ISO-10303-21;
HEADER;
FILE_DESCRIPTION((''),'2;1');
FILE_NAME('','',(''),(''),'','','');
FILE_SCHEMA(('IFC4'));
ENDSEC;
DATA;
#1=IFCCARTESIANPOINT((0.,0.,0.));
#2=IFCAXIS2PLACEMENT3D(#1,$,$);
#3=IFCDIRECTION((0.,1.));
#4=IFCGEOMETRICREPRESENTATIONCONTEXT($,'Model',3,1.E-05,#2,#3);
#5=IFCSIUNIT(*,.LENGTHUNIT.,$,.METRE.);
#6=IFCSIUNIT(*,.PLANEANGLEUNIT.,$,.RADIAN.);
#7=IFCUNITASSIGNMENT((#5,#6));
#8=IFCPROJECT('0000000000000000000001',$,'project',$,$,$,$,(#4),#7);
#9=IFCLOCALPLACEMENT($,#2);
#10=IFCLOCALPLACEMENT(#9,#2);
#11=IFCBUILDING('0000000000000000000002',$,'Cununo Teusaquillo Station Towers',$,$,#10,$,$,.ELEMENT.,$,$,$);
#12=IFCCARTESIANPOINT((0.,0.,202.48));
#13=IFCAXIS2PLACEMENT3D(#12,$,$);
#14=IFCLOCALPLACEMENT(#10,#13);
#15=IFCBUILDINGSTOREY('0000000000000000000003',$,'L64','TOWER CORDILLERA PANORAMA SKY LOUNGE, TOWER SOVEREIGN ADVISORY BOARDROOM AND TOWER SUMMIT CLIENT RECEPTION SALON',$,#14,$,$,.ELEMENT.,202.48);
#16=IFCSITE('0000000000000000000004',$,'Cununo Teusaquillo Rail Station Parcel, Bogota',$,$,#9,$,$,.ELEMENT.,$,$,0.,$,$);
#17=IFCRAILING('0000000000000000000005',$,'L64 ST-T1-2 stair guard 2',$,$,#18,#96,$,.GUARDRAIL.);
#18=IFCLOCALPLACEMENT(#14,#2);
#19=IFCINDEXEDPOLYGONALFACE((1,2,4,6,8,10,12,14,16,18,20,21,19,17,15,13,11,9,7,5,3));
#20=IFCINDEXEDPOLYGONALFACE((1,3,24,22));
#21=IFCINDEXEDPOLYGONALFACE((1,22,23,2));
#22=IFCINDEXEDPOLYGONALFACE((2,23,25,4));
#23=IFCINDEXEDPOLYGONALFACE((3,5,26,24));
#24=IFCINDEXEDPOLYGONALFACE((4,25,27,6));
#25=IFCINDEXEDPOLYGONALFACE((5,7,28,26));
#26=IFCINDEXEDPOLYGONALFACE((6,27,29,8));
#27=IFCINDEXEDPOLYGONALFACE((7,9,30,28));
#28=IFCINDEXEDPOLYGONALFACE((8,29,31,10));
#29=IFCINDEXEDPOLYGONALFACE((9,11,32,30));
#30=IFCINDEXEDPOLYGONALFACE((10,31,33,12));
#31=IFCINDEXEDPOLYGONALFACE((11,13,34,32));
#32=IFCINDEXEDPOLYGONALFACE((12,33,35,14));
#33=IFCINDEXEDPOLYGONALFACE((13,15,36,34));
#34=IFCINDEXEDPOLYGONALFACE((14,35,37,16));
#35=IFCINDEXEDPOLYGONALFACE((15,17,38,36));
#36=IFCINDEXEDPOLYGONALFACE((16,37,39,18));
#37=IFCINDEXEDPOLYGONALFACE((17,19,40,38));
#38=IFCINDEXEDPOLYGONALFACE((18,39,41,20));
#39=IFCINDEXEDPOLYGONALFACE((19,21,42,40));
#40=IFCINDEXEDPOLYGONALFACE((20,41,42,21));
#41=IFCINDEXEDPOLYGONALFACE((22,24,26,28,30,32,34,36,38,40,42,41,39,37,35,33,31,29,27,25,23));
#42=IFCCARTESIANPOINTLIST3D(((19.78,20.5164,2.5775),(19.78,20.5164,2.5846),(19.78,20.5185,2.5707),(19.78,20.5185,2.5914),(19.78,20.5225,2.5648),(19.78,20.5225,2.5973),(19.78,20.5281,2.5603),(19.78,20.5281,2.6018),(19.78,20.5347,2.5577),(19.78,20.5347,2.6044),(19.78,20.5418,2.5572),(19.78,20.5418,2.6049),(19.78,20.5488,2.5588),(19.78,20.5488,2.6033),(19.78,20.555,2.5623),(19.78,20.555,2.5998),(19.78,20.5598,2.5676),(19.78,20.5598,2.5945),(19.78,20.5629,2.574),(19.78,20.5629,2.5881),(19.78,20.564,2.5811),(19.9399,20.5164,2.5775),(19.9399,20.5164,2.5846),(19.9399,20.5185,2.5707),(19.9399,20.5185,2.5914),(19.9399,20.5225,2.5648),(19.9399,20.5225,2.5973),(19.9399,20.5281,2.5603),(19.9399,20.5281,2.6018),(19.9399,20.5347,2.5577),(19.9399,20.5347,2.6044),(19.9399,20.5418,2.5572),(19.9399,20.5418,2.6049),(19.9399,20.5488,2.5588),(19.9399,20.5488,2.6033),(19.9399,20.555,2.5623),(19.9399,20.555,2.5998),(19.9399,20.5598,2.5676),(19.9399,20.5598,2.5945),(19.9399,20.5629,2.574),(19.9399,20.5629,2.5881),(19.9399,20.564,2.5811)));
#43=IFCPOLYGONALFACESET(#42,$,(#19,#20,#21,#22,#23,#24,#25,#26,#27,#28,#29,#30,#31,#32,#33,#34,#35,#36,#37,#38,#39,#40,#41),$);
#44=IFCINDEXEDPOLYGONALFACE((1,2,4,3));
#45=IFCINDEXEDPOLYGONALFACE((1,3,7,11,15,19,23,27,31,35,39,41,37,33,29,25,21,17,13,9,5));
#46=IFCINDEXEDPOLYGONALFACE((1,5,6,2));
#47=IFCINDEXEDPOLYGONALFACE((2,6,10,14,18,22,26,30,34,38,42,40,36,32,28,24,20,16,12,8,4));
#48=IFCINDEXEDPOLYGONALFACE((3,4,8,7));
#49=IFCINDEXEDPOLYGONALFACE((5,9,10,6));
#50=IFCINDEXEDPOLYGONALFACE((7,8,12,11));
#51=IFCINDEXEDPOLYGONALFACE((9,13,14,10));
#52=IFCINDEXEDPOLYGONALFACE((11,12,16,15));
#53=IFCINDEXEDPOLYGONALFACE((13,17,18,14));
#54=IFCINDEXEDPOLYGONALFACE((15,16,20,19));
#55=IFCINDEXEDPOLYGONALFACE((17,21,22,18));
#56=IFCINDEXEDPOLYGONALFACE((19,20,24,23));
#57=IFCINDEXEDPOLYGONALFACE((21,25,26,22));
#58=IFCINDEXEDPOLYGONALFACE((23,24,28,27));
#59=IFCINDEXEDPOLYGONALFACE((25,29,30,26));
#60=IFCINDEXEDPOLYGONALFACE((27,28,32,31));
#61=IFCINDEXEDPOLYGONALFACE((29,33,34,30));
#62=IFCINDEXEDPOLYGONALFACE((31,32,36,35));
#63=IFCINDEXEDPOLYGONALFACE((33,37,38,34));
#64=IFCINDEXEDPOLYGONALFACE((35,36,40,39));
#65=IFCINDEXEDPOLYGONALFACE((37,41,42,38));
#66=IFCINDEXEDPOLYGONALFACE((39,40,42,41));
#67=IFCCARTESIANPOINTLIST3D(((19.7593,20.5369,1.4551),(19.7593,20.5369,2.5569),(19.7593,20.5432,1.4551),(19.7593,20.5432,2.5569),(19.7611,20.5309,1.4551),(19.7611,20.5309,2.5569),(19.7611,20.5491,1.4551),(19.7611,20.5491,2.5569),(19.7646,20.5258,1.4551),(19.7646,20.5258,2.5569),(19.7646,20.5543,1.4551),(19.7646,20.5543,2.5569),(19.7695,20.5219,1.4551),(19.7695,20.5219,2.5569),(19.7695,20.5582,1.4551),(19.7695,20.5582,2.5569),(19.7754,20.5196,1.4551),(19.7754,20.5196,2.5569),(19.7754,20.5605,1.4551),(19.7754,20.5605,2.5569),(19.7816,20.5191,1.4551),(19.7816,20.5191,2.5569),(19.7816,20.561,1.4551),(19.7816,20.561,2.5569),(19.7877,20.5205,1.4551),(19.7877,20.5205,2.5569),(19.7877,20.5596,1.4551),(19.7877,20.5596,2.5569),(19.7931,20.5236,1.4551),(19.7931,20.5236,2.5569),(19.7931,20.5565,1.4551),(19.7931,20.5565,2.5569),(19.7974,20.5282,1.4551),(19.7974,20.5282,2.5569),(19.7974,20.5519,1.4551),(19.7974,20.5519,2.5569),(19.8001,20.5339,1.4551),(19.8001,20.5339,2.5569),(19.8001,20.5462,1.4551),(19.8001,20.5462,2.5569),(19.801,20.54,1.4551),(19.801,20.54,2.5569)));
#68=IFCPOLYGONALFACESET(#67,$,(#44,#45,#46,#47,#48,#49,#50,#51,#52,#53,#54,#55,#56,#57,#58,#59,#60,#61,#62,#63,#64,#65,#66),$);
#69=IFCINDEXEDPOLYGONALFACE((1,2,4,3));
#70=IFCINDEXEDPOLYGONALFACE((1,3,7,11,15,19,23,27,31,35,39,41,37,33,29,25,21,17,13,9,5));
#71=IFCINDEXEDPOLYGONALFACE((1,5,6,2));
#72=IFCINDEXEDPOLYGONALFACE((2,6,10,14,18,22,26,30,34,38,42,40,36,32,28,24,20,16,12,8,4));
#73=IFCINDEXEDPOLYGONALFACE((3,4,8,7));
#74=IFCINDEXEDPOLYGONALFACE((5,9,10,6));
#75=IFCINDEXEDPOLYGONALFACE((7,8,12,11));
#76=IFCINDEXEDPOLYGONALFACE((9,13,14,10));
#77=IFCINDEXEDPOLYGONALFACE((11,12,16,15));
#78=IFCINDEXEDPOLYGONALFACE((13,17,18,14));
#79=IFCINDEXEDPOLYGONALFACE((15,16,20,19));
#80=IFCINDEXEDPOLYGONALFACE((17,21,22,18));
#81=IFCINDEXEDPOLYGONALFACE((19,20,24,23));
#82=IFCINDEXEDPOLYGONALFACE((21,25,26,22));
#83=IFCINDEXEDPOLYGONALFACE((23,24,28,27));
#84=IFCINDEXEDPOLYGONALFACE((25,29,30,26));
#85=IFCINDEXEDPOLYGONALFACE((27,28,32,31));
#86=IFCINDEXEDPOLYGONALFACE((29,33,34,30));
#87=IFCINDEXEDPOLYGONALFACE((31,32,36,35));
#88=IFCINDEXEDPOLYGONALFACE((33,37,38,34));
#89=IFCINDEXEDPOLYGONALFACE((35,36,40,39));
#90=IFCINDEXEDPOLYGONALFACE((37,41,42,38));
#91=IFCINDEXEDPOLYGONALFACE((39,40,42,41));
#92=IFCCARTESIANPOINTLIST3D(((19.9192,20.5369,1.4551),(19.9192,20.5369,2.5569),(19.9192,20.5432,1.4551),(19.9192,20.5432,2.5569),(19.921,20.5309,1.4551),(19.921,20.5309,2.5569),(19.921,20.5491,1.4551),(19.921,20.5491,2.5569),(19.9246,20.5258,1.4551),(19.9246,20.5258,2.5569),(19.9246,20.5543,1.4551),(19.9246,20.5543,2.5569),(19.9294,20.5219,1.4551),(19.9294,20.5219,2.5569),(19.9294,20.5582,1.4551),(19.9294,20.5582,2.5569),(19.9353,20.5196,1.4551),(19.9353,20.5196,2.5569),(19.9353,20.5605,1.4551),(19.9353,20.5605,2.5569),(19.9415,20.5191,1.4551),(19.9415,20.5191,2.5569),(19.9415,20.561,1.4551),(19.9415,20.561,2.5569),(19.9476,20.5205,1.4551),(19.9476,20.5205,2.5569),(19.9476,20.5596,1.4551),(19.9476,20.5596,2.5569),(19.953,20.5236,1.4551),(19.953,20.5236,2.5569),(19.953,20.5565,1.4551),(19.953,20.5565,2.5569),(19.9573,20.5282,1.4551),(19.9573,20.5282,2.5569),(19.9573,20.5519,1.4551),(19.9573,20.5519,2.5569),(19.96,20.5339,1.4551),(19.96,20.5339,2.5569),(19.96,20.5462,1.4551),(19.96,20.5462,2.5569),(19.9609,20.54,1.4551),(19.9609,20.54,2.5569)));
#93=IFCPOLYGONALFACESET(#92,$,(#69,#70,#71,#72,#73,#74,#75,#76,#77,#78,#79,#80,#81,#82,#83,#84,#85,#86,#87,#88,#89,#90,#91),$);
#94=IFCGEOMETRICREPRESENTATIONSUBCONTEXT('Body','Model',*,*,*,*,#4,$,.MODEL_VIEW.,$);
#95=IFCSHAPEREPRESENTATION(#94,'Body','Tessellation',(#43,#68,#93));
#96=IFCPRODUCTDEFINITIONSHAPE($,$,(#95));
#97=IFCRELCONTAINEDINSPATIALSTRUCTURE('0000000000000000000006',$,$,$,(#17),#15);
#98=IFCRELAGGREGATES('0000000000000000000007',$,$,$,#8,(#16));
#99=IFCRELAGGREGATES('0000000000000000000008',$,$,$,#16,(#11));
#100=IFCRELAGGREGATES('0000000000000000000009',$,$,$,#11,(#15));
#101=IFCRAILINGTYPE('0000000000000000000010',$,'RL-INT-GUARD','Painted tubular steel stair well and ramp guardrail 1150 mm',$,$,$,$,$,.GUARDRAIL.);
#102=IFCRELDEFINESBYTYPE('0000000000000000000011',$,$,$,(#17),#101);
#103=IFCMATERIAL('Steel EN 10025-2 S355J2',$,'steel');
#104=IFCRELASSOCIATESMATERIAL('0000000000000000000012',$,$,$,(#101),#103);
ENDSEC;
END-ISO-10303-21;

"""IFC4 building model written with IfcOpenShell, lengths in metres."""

from ifc_helpers import new_model, si_unit, direction, frame, origin, origin_2d, place, context, subcontext, project, spatial, circle, extrude, material, type_object, element, save


model = new_model("IFC4")

# Units and contexts
model_context = context("Model", 3, precision=1e-05, world=origin(), true_north=direction((0.0, 1.0)))
body_context = subcontext(model_context, "Body", "Model", "MODEL_VIEW")
ifc_project = project(units=[si_unit("LENGTHUNIT", "METRE"), si_unit("PLANEANGLEUNIT", "RADIAN")], contexts=[model_context])

# Site, building, storey
site_placement = place(None, origin())
site = spatial("IfcSite", under=ifc_project, at=site_placement, Name="Cununo Teusaquillo Rail Station Parcel, Bogota", CompositionType="ELEMENT", RefElevation=0.0)
building_placement = place(site_placement, origin())
building = spatial("IfcBuilding", under=site, at=building_placement, Name="Cununo Teusaquillo Station Towers", CompositionType="ELEMENT")
storey_placement = place(building_placement, frame((0.0, 0.0, 202.48)))
storey = spatial("IfcBuildingStorey", under=building, at=storey_placement, Name="L64", Description="TOWER CORDILLERA PANORAMA SKY LOUNGE, TOWER SOVEREIGN ADVISORY BOARDROOM AND TOWER SUMMIT CLIENT RECEPTION SALON", CompositionType="ELEMENT", Elevation=202.48)

# Railing
ifc_material_1 = material(Name="Steel EN 10025-2 S355J2", Category="steel")
railing_type_1 = type_object("IfcRailingType", Name="RL-INT-GUARD", Description="Painted tubular steel stair well and ramp guardrail 1150 mm", PredefinedType="GUARDRAIL", material=ifc_material_1)
railing_1_placement = place(storey_placement, frame((19.78, 20.54, 1.4551)))
element("IfcRailing", 1, at=railing_1_placement, inside=storey, type_object=railing_type_1, Name="L64 ST-T1-2 stair guard 2", PredefinedType="GUARDRAIL", context=body_context, shape_type="SweptSolid", body=[
    extrude(circle(Radius=0.0239, at=origin_2d()), frame((0.0, 0.0, 1.126), z_axis=(1.0, 0.0, 0.0), x_axis=(0.0, 1.0, 0.0)), (0.0, 0.0, 1.0), 0.1599),
    extrude(circle(Radius=0.021, at=origin_2d()), origin(), (0.0, 0.0, 1.0), 1.1018),
    extrude(circle(Radius=0.021, at=origin_2d()), frame((0.1599, 0.0, 0.0)), (0.0, 0.0, 1.0), 1.1018),
])

save(model, "model.ifc")
